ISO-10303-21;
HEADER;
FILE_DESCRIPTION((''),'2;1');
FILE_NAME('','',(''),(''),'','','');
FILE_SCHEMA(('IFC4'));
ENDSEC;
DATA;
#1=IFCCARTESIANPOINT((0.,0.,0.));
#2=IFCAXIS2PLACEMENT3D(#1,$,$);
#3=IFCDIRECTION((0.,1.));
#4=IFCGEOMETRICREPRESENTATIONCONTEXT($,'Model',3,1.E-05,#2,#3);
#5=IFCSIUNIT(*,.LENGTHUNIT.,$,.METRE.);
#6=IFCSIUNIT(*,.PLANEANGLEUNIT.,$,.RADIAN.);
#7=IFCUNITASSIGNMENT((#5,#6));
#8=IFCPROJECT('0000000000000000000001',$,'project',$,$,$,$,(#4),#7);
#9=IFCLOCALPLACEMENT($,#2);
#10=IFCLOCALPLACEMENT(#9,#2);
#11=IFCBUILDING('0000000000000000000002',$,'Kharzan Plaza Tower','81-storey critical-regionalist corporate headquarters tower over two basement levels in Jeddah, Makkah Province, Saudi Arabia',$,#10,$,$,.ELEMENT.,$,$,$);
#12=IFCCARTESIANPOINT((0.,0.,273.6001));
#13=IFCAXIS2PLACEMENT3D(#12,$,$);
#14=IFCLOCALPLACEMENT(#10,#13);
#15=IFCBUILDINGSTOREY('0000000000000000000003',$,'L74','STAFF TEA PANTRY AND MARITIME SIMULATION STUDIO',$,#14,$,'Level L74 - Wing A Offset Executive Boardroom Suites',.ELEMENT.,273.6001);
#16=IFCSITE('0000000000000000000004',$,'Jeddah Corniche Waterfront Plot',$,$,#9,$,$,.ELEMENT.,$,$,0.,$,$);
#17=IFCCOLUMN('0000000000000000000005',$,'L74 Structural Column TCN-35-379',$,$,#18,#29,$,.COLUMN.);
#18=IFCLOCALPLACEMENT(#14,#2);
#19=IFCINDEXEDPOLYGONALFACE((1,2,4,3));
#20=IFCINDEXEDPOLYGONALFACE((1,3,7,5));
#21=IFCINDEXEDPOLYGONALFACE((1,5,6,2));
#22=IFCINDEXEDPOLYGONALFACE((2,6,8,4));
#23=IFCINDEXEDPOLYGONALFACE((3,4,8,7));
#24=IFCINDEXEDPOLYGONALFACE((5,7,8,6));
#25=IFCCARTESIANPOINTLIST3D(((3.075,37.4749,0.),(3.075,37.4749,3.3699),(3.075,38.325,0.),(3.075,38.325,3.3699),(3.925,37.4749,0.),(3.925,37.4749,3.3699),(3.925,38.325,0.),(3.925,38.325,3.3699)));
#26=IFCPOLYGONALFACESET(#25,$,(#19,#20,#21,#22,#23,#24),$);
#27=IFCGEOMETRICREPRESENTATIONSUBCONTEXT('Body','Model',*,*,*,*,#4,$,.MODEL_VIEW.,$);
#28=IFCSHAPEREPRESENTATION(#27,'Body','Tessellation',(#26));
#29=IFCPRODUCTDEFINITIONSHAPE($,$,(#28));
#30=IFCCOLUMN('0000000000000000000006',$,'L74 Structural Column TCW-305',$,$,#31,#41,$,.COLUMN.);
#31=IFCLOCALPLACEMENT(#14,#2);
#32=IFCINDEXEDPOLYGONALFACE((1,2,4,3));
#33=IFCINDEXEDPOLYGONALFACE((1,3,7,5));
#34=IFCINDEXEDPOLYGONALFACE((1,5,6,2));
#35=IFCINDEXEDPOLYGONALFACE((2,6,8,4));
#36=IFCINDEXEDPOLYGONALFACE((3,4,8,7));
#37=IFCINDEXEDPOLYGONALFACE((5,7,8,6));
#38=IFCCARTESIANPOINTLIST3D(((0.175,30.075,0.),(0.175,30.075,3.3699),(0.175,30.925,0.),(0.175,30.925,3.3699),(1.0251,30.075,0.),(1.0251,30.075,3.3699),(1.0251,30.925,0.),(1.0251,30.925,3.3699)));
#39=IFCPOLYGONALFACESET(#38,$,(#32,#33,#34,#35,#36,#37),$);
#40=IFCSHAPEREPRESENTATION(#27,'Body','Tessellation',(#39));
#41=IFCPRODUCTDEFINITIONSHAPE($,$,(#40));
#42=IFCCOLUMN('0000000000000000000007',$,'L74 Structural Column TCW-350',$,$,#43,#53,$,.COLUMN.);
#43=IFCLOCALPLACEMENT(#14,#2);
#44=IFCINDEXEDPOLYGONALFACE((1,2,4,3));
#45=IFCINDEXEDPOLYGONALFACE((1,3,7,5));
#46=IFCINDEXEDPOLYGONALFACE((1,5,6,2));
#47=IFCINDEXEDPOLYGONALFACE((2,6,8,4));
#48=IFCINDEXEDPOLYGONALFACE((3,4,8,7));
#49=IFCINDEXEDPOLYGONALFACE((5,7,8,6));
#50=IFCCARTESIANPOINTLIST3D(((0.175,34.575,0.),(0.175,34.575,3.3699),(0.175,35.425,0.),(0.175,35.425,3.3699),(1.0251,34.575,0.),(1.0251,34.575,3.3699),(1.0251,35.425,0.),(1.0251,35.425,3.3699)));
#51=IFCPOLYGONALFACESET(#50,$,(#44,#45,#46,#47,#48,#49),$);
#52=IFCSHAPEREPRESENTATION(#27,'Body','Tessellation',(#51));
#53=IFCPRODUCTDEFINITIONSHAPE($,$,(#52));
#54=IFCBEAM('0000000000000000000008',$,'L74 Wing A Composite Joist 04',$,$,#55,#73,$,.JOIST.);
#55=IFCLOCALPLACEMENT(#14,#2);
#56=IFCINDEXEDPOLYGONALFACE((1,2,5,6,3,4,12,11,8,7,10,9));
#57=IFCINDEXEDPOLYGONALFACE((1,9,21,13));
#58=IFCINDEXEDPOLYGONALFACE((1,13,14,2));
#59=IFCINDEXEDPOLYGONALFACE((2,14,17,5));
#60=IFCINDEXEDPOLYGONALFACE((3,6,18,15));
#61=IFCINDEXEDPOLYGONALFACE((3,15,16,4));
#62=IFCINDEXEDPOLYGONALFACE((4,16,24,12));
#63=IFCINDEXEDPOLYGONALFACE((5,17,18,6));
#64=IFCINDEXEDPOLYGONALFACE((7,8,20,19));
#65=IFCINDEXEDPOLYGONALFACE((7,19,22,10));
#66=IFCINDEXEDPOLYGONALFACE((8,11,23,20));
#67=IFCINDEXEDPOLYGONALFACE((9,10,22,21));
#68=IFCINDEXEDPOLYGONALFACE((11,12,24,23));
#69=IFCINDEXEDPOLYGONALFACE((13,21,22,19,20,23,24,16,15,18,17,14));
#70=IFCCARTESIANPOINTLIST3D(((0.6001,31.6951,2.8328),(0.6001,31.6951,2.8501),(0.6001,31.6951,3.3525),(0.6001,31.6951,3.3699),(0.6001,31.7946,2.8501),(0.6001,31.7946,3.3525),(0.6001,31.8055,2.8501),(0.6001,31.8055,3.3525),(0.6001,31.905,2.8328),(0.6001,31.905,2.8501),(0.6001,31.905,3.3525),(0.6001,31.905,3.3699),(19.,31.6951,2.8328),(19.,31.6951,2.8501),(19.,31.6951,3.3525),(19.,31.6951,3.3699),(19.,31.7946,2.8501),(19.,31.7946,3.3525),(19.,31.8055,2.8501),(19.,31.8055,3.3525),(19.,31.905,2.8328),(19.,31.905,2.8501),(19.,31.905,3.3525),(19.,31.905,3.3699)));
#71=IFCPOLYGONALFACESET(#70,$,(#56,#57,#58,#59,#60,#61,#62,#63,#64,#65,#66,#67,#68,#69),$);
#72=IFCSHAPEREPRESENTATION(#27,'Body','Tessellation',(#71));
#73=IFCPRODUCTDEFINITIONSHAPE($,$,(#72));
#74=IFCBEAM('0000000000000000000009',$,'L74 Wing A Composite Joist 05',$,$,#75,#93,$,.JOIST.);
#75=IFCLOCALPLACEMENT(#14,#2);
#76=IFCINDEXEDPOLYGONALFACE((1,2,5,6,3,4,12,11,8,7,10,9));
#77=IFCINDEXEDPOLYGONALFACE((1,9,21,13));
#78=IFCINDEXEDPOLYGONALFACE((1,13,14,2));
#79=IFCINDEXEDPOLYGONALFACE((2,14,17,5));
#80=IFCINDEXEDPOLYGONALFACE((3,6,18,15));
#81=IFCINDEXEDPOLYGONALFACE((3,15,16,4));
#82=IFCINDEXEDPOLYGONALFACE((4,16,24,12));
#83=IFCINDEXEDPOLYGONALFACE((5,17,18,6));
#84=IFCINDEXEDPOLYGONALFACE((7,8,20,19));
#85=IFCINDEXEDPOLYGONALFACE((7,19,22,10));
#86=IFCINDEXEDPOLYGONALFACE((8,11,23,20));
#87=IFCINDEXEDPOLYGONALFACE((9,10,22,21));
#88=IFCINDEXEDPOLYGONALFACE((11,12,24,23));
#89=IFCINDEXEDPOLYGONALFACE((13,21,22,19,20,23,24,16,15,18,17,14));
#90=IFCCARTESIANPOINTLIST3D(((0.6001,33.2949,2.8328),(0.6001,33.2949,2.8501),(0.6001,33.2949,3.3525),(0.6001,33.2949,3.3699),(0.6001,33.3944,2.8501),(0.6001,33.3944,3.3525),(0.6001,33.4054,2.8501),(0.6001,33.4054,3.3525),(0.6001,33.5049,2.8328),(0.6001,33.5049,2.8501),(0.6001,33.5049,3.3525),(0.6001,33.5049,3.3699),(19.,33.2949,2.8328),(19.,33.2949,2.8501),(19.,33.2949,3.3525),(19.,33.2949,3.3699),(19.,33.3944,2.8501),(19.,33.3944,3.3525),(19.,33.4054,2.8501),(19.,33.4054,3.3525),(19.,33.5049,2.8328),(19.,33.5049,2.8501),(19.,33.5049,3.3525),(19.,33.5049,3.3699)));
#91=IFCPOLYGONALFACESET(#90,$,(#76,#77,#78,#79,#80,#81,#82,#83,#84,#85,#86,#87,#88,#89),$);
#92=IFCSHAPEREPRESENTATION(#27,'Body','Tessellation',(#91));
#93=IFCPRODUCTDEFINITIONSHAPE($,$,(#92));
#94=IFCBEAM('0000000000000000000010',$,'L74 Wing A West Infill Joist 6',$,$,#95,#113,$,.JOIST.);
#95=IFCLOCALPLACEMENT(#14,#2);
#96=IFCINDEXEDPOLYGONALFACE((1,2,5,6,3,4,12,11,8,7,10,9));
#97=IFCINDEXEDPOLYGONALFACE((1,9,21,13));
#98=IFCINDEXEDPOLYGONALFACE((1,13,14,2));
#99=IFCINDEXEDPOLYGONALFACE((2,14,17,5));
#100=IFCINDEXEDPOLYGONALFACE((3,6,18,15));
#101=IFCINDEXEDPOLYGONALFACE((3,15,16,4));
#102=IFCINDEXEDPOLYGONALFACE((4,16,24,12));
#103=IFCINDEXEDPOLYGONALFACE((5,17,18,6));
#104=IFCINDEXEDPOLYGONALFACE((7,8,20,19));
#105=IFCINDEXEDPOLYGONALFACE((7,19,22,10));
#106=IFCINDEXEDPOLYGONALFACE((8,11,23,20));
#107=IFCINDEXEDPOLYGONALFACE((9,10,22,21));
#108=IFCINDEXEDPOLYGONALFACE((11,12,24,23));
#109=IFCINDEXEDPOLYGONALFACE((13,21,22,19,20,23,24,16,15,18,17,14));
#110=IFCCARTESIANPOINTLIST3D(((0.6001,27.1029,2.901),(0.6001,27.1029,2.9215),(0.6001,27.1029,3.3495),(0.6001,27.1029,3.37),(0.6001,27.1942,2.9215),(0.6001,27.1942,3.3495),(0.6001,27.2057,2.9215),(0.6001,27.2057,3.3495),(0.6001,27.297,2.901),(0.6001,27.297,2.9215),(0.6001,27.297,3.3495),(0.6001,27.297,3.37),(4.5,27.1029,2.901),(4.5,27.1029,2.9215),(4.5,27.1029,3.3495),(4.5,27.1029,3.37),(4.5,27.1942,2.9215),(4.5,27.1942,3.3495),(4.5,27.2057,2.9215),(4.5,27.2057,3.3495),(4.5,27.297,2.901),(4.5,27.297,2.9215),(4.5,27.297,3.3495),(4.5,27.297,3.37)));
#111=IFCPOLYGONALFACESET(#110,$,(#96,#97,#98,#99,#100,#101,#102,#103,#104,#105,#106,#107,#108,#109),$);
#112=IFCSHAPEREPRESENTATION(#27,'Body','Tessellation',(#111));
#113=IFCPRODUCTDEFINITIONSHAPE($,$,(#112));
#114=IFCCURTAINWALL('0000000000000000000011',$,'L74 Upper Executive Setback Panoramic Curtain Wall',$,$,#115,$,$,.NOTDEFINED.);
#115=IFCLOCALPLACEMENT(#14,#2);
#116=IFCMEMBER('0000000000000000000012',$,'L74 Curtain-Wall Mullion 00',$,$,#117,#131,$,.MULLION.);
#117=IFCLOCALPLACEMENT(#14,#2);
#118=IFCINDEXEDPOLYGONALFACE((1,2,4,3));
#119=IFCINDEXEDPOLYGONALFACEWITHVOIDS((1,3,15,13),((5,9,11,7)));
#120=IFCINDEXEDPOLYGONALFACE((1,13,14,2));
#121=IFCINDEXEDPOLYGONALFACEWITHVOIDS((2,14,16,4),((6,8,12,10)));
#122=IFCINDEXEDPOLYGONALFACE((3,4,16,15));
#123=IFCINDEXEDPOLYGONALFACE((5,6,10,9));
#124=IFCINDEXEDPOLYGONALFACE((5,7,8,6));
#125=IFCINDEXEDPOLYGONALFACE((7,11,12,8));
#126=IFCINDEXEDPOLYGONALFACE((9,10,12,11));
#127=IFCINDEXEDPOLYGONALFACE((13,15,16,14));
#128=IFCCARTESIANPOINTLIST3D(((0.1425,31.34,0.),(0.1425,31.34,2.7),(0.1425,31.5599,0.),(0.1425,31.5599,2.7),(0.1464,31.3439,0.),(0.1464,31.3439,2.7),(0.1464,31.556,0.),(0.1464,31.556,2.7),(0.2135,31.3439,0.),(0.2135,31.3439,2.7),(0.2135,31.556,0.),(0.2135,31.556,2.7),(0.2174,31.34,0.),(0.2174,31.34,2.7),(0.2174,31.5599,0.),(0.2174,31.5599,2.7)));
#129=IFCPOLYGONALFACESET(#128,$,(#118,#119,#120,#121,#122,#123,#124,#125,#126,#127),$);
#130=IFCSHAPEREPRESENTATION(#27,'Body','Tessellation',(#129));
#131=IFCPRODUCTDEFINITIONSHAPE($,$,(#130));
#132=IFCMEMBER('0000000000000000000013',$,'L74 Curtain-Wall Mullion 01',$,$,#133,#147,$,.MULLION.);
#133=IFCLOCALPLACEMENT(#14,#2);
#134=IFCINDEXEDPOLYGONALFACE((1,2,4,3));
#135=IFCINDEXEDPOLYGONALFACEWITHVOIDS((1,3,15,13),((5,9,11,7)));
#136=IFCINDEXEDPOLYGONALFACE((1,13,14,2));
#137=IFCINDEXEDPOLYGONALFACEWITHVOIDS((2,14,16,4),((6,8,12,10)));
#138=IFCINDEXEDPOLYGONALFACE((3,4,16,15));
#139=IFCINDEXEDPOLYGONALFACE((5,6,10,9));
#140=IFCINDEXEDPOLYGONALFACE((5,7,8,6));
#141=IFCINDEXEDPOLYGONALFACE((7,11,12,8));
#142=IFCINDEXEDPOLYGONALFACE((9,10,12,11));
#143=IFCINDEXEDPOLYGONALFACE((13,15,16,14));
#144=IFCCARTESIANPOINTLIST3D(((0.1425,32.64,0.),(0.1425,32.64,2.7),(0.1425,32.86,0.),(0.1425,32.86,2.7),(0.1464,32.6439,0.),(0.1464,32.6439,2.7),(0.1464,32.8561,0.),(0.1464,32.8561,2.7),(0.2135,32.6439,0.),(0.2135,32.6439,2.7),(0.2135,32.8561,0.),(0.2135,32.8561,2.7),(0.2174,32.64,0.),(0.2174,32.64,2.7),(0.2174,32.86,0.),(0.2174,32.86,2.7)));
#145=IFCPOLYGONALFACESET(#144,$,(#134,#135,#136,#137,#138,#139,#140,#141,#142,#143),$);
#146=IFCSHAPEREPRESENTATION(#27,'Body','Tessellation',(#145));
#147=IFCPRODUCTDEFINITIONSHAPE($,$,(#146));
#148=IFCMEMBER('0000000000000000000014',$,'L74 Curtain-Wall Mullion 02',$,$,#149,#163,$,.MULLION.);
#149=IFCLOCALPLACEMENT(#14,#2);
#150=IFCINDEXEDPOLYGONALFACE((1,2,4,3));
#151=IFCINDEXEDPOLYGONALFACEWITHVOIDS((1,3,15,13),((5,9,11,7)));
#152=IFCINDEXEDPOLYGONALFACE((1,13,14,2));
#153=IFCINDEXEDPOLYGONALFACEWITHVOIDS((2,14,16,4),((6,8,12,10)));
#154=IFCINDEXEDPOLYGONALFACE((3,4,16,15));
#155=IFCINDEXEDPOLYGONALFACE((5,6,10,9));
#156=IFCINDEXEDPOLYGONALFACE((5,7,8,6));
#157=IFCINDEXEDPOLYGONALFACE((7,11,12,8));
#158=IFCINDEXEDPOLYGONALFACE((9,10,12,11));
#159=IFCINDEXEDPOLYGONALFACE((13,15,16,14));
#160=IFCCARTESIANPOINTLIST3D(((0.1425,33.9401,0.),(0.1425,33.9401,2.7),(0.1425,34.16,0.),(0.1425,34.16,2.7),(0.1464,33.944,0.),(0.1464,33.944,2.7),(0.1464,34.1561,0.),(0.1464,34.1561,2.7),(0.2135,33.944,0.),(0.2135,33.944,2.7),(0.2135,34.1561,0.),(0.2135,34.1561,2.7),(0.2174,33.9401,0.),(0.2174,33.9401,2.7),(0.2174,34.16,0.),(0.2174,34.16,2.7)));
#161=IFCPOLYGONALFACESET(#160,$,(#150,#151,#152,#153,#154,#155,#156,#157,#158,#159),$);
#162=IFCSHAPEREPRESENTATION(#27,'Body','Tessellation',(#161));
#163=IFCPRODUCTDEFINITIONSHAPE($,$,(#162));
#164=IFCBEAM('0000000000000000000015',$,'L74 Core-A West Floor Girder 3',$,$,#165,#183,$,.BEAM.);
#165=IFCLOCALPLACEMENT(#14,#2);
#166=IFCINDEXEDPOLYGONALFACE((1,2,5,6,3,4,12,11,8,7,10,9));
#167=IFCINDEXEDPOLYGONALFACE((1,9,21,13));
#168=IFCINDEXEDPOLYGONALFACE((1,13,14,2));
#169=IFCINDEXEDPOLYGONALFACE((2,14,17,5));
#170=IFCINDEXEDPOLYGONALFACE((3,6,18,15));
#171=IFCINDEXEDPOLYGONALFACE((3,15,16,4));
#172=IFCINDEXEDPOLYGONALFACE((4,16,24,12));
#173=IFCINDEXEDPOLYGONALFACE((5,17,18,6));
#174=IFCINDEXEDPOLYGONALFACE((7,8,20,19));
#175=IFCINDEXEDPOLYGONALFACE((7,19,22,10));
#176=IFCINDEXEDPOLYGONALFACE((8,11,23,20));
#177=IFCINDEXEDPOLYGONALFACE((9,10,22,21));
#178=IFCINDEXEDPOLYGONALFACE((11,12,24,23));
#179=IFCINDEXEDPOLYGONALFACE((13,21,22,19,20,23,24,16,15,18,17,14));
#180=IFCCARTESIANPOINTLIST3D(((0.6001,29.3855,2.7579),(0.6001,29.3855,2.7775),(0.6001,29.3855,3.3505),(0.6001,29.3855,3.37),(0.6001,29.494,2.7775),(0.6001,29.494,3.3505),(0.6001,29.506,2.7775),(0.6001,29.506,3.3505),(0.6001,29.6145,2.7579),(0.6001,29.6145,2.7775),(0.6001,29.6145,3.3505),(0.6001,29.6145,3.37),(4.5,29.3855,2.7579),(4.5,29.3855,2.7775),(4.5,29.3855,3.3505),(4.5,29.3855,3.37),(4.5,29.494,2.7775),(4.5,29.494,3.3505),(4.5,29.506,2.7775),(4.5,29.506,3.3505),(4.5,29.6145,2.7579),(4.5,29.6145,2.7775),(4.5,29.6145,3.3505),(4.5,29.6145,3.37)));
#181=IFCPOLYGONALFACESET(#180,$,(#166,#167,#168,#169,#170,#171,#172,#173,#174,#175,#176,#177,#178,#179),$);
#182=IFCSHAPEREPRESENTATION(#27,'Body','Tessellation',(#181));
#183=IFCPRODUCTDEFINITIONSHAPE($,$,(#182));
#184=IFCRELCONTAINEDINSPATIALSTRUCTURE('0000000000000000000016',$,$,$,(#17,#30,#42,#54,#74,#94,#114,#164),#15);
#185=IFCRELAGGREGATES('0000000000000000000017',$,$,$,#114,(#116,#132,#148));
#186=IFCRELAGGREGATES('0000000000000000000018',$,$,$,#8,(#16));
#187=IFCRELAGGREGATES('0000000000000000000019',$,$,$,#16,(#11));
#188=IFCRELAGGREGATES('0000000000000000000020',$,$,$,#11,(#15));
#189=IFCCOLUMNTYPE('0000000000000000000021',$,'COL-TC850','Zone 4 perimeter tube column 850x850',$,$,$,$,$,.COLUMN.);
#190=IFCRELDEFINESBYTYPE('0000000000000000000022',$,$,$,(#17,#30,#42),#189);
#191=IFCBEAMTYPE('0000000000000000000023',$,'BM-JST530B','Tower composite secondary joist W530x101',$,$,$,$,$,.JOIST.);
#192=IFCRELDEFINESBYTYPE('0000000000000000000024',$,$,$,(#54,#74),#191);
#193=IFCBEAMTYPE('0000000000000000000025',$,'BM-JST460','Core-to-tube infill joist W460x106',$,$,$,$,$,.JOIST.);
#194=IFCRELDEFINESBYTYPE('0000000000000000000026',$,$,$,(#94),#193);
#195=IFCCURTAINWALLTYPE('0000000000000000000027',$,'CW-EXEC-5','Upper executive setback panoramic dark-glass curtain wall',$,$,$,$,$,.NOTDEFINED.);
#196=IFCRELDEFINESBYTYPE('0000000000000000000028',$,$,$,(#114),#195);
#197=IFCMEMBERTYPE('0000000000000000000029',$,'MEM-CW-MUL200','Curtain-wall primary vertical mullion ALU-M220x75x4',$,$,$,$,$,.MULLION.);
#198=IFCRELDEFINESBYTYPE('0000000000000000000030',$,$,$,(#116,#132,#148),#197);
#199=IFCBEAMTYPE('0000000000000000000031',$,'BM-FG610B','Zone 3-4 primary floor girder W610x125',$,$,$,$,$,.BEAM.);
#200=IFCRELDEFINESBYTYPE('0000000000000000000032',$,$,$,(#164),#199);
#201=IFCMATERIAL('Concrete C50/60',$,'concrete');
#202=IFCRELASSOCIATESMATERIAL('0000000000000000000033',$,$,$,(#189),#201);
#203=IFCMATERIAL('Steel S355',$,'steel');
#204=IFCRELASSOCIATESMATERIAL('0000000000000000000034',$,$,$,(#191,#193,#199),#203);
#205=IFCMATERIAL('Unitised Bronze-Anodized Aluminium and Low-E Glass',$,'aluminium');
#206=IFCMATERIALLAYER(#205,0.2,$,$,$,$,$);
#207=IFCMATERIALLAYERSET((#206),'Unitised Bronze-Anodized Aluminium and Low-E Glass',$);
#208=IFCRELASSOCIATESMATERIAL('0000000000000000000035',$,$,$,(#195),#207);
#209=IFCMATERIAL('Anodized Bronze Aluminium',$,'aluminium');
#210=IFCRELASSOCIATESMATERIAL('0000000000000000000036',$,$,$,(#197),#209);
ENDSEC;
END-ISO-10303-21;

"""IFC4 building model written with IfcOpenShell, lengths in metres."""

from ifc_helpers import new_model, si_unit, direction, frame, origin, origin_2d, place, context, subcontext, project, spatial, rectangle, hollow_rectangle, i_section, extrude, source, transform, mapped, material, layer, layer_set, material_profile, profile_set, type_object, element, aggregate, save


model = new_model("IFC4")

# Units and contexts
model_context = context("Model", 3, precision=1e-05, world=origin(), true_north=direction((0.0, 1.0)))
body_context = subcontext(model_context, "Body", "Model", "MODEL_VIEW")
ifc_project = project(units=[si_unit("LENGTHUNIT", "METRE"), si_unit("PLANEANGLEUNIT", "RADIAN")], contexts=[model_context])

# Site, building, storey
site_placement = place(None, origin())
site = spatial("IfcSite", under=ifc_project, at=site_placement, Name="Jeddah Corniche Waterfront Plot", CompositionType="ELEMENT", RefElevation=0.0)
building_placement = place(site_placement, origin())
building = spatial("IfcBuilding", under=site, at=building_placement, Name="Kharzan Plaza Tower", Description="81-storey critical-regionalist corporate headquarters tower over two basement levels in Jeddah, Makkah Province, Saudi Arabia", CompositionType="ELEMENT")
storey_placement = place(building_placement, frame((0.0, 0.0, 273.6001)))
storey = spatial("IfcBuildingStorey", under=building, at=storey_placement, Name="L74", Description="STAFF TEA PANTRY AND MARITIME SIMULATION STUDIO", LongName="Level L74 - Wing A Offset Executive Boardroom Suites", CompositionType="ELEMENT", Elevation=273.6001)

# Columns
ifc_material_1 = material(Name="Concrete C50/60", Category="concrete")
ifc_material_profile_1 = material_profile(ifc_material_1, rectangle(XDim=0.8501, YDim=0.8501, at=origin_2d()), Name="RC-TC850x850")
ifc_profile_set_1 = profile_set([ifc_material_profile_1], Name="Concrete C50/60")
column_type = type_object("IfcColumnType", Name="COL-TC850", Description="Zone 4 perimeter tube column 850x850", PredefinedType="COLUMN", material=ifc_profile_set_1)
shared_shape_1 = source(origin(), body_context, "Body", "SweptSolid", [
    extrude(rectangle(XDim=0.8501, YDim=0.8501, at=origin_2d()), origin(), (0.0, 0.0, 1.0), 3.3699),
])
for number, where, z_axis, x_axis, name in (
    (1, (3.5, 37.8999, 0.0), (0.0, 0.0, 1.0), (1.0, 0.0, 0.0), "L74 Structural Column TCN-35-379"),
    (2, (0.6001, 30.5, 0.0), (0.0, 0.0, 1.0), (1.0, 0.0, 0.0), "L74 Structural Column TCW-305"),
    (3, (0.6001, 35.0, 0.0), (0.0, 0.0, 1.0), (1.0, 0.0, 0.0), "L74 Structural Column TCW-350"),
):
    element("IfcColumn", number, at=place(storey_placement, frame(where, z_axis=z_axis, x_axis=x_axis)), inside=storey, type_object=column_type, Name=name, PredefinedType="COLUMN", context=body_context, shape_type="MappedRepresentation", body=[
        mapped(shared_shape_1, transform((0.0, 0.0, 0.0), x_axis=(1.0, 0.0, 0.0), y_axis=(0.0, 1.0, 0.0), z_axis=(0.0, 0.0, 1.0))),
    ])

# Beams
ifc_material_2 = material(Name="Steel S355", Category="steel")
ifc_material_profile_2 = material_profile(ifc_material_2, i_section(OverallWidth=0.21, OverallDepth=0.5371, WebThickness=0.011, FlangeThickness=0.0173, at=origin_2d()), Name="W530x101")
ifc_profile_set_2 = profile_set([ifc_material_profile_2], Name="Steel S355")
beam_type_1 = type_object("IfcBeamType", Name="BM-JST530B", Description="Tower composite secondary joist W530x101", PredefinedType="JOIST", material=ifc_profile_set_2)
shared_shape_2 = source(origin(), body_context, "Body", "SweptSolid", [
    extrude(i_section(OverallWidth=0.21, OverallDepth=0.5371, WebThickness=0.011, FlangeThickness=0.0173, at=origin_2d()), origin(), (0.0, 0.0, 1.0), 18.3999),
])
for number, where, z_axis, x_axis, name in (
    (4, (0.6001, 31.8, 3.1013), (1.0, 0.0, 0.0), (0.0, 1.0, 0.0), "L74 Wing A Composite Joist 04"),
    (5, (0.6001, 33.3999, 3.1013), (1.0, 0.0, 0.0), (0.0, 1.0, 0.0), "L74 Wing A Composite Joist 05"),
):
    element("IfcBeam", number, at=place(storey_placement, frame(where, z_axis=z_axis, x_axis=x_axis)), inside=storey, type_object=beam_type_1, Name=name, PredefinedType="JOIST", context=body_context, shape_type="MappedRepresentation", body=[
        mapped(shared_shape_2, transform((0.0, 0.0, 0.0), x_axis=(1.0, 0.0, 0.0), y_axis=(0.0, 1.0, 0.0), z_axis=(0.0, 0.0, 1.0))),
    ])
ifc_material_profile_3 = material_profile(ifc_material_2, i_section(OverallWidth=0.1941, OverallDepth=0.469, WebThickness=0.0115, FlangeThickness=0.0205, at=origin_2d()), Name="W460x106")
ifc_profile_set_3 = profile_set([ifc_material_profile_3], Name="Steel S355")
beam_type_2 = type_object("IfcBeamType", Name="BM-JST460", Description="Core-to-tube infill joist W460x106", PredefinedType="JOIST", material=ifc_profile_set_3)
shared_shape_3 = source(origin(), body_context, "Body", "SweptSolid", [
    extrude(i_section(OverallWidth=0.1941, OverallDepth=0.469, WebThickness=0.0115, FlangeThickness=0.0205, at=origin_2d()), origin(), (0.0, 0.0, 1.0), 3.8999),
])
beam_1_placement = place(storey_placement, frame((0.6001, 27.2, 3.1355), z_axis=(1.0, 0.0, 0.0), x_axis=(0.0, 1.0, 0.0)))
element("IfcBeam", 6, at=beam_1_placement, inside=storey, type_object=beam_type_2, Name="L74 Wing A West Infill Joist 6", PredefinedType="JOIST", context=body_context, shape_type="MappedRepresentation", body=[
    mapped(shared_shape_3, transform((0.0, 0.0, 0.0), x_axis=(1.0, 0.0, 0.0), y_axis=(0.0, 1.0, 0.0), z_axis=(0.0, 0.0, 1.0))),
])

# Curtain wall, members
ifc_material_3 = material(Name="Unitised Bronze-Anodized Aluminium and Low-E Glass", Category="aluminium")
ifc_layer_1 = layer(ifc_material_3, 0.2)
ifc_layer_set_1 = layer_set([ifc_layer_1], Name="Unitised Bronze-Anodized Aluminium and Low-E Glass")
curtain_wall_type = type_object("IfcCurtainWallType", Name="CW-EXEC-5", Description="Upper executive setback panoramic dark-glass curtain wall", PredefinedType="NOTDEFINED", material=ifc_layer_set_1)
curtain_wall_placement = place(storey_placement, origin())
curtain_wall = element("IfcCurtainWall", 7, at=curtain_wall_placement, inside=storey, type_object=curtain_wall_type, Name="L74 Upper Executive Setback Panoramic Curtain Wall", PredefinedType="NOTDEFINED")
ifc_material_4 = material(Name="Anodized Bronze Aluminium", Category="aluminium")
ifc_material_profile_4 = material_profile(ifc_material_4, hollow_rectangle(XDim=0.075, YDim=0.22, WallThickness=0.0039, at=origin_2d()), Name="ALU-M220x75x4")
ifc_profile_set_4 = profile_set([ifc_material_profile_4], Name="Anodized Bronze Aluminium")
member_type_1 = type_object("IfcMemberType", Name="MEM-CW-MUL200", Description="Curtain-wall primary vertical mullion ALU-M220x75x4", PredefinedType="MULLION", material=ifc_profile_set_4)
shared_shape_4 = source(origin(), body_context, "Body", "SweptSolid", [
    extrude(hollow_rectangle(XDim=0.075, YDim=0.22, WallThickness=0.0039, at=origin_2d()), origin(), (0.0, 0.0, 1.0), 2.7),
])
member_1_placement = place(storey_placement, frame((0.1799, 31.45, 0.0), z_axis=(0.0, 0.0, 1.0), x_axis=(1.0, 0.0, 0.0)))
member_1 = element("IfcMember", 8, at=member_1_placement, type_object=member_type_1, Name="L74 Curtain-Wall Mullion 00", PredefinedType="MULLION", context=body_context, shape_type="MappedRepresentation", body=[
    mapped(shared_shape_4, transform((0.0, 0.0, 0.0), x_axis=(1.0, 0.0, 0.0), y_axis=(0.0, 1.0, 0.0), z_axis=(0.0, 0.0, 1.0))),
])
member_2_placement = place(storey_placement, frame((0.1799, 32.75, 0.0), z_axis=(0.0, 0.0, 1.0), x_axis=(1.0, 0.0, 0.0)))
member_2 = element("IfcMember", 9, at=member_2_placement, type_object=member_type_1, Name="L74 Curtain-Wall Mullion 01", PredefinedType="MULLION", context=body_context, shape_type="MappedRepresentation", body=[
    mapped(shared_shape_4, transform((0.0, 0.0, 0.0), x_axis=(1.0, 0.0, 0.0), y_axis=(0.0, 1.0, 0.0), z_axis=(0.0, 0.0, 1.0))),
])
member_3_placement = place(storey_placement, frame((0.1799, 34.05, 0.0), z_axis=(0.0, 0.0, 1.0), x_axis=(1.0, 0.0, 0.0)))
member_3 = element("IfcMember", 10, at=member_3_placement, type_object=member_type_1, Name="L74 Curtain-Wall Mullion 02", PredefinedType="MULLION", context=body_context, shape_type="MappedRepresentation", body=[
    mapped(shared_shape_4, transform((0.0, 0.0, 0.0), x_axis=(1.0, 0.0, 0.0), y_axis=(0.0, 1.0, 0.0), z_axis=(0.0, 0.0, 1.0))),
])

# Beam
ifc_material_profile_5 = material_profile(ifc_material_2, i_section(OverallWidth=0.229, OverallDepth=0.6121, WebThickness=0.012, FlangeThickness=0.0195, at=origin_2d()), Name="W610x125")
ifc_profile_set_5 = profile_set([ifc_material_profile_5], Name="Steel S355")
beam_type_3 = type_object("IfcBeamType", Name="BM-FG610B", Description="Zone 3-4 primary floor girder W610x125", PredefinedType="BEAM", material=ifc_profile_set_5)
shared_shape_5 = source(origin(), body_context, "Body", "SweptSolid", [
    extrude(i_section(OverallWidth=0.229, OverallDepth=0.6121, WebThickness=0.012, FlangeThickness=0.0195, at=origin_2d()), origin(), (0.0, 0.0, 1.0), 3.8999),
])
beam_2_placement = place(storey_placement, frame((0.6001, 29.5, 3.064), z_axis=(1.0, 0.0, 0.0), x_axis=(0.0, 1.0, 0.0)))
element("IfcBeam", 11, at=beam_2_placement, inside=storey, type_object=beam_type_3, Name="L74 Core-A West Floor Girder 3", PredefinedType="BEAM", context=body_context, shape_type="MappedRepresentation", body=[
    mapped(shared_shape_5, transform((0.0, 0.0, 0.0), x_axis=(1.0, 0.0, 0.0), y_axis=(0.0, 1.0, 0.0), z_axis=(0.0, 0.0, 1.0))),
])

aggregate(curtain_wall, [member_1, member_2, member_3])

save(model, "model.ifc")
